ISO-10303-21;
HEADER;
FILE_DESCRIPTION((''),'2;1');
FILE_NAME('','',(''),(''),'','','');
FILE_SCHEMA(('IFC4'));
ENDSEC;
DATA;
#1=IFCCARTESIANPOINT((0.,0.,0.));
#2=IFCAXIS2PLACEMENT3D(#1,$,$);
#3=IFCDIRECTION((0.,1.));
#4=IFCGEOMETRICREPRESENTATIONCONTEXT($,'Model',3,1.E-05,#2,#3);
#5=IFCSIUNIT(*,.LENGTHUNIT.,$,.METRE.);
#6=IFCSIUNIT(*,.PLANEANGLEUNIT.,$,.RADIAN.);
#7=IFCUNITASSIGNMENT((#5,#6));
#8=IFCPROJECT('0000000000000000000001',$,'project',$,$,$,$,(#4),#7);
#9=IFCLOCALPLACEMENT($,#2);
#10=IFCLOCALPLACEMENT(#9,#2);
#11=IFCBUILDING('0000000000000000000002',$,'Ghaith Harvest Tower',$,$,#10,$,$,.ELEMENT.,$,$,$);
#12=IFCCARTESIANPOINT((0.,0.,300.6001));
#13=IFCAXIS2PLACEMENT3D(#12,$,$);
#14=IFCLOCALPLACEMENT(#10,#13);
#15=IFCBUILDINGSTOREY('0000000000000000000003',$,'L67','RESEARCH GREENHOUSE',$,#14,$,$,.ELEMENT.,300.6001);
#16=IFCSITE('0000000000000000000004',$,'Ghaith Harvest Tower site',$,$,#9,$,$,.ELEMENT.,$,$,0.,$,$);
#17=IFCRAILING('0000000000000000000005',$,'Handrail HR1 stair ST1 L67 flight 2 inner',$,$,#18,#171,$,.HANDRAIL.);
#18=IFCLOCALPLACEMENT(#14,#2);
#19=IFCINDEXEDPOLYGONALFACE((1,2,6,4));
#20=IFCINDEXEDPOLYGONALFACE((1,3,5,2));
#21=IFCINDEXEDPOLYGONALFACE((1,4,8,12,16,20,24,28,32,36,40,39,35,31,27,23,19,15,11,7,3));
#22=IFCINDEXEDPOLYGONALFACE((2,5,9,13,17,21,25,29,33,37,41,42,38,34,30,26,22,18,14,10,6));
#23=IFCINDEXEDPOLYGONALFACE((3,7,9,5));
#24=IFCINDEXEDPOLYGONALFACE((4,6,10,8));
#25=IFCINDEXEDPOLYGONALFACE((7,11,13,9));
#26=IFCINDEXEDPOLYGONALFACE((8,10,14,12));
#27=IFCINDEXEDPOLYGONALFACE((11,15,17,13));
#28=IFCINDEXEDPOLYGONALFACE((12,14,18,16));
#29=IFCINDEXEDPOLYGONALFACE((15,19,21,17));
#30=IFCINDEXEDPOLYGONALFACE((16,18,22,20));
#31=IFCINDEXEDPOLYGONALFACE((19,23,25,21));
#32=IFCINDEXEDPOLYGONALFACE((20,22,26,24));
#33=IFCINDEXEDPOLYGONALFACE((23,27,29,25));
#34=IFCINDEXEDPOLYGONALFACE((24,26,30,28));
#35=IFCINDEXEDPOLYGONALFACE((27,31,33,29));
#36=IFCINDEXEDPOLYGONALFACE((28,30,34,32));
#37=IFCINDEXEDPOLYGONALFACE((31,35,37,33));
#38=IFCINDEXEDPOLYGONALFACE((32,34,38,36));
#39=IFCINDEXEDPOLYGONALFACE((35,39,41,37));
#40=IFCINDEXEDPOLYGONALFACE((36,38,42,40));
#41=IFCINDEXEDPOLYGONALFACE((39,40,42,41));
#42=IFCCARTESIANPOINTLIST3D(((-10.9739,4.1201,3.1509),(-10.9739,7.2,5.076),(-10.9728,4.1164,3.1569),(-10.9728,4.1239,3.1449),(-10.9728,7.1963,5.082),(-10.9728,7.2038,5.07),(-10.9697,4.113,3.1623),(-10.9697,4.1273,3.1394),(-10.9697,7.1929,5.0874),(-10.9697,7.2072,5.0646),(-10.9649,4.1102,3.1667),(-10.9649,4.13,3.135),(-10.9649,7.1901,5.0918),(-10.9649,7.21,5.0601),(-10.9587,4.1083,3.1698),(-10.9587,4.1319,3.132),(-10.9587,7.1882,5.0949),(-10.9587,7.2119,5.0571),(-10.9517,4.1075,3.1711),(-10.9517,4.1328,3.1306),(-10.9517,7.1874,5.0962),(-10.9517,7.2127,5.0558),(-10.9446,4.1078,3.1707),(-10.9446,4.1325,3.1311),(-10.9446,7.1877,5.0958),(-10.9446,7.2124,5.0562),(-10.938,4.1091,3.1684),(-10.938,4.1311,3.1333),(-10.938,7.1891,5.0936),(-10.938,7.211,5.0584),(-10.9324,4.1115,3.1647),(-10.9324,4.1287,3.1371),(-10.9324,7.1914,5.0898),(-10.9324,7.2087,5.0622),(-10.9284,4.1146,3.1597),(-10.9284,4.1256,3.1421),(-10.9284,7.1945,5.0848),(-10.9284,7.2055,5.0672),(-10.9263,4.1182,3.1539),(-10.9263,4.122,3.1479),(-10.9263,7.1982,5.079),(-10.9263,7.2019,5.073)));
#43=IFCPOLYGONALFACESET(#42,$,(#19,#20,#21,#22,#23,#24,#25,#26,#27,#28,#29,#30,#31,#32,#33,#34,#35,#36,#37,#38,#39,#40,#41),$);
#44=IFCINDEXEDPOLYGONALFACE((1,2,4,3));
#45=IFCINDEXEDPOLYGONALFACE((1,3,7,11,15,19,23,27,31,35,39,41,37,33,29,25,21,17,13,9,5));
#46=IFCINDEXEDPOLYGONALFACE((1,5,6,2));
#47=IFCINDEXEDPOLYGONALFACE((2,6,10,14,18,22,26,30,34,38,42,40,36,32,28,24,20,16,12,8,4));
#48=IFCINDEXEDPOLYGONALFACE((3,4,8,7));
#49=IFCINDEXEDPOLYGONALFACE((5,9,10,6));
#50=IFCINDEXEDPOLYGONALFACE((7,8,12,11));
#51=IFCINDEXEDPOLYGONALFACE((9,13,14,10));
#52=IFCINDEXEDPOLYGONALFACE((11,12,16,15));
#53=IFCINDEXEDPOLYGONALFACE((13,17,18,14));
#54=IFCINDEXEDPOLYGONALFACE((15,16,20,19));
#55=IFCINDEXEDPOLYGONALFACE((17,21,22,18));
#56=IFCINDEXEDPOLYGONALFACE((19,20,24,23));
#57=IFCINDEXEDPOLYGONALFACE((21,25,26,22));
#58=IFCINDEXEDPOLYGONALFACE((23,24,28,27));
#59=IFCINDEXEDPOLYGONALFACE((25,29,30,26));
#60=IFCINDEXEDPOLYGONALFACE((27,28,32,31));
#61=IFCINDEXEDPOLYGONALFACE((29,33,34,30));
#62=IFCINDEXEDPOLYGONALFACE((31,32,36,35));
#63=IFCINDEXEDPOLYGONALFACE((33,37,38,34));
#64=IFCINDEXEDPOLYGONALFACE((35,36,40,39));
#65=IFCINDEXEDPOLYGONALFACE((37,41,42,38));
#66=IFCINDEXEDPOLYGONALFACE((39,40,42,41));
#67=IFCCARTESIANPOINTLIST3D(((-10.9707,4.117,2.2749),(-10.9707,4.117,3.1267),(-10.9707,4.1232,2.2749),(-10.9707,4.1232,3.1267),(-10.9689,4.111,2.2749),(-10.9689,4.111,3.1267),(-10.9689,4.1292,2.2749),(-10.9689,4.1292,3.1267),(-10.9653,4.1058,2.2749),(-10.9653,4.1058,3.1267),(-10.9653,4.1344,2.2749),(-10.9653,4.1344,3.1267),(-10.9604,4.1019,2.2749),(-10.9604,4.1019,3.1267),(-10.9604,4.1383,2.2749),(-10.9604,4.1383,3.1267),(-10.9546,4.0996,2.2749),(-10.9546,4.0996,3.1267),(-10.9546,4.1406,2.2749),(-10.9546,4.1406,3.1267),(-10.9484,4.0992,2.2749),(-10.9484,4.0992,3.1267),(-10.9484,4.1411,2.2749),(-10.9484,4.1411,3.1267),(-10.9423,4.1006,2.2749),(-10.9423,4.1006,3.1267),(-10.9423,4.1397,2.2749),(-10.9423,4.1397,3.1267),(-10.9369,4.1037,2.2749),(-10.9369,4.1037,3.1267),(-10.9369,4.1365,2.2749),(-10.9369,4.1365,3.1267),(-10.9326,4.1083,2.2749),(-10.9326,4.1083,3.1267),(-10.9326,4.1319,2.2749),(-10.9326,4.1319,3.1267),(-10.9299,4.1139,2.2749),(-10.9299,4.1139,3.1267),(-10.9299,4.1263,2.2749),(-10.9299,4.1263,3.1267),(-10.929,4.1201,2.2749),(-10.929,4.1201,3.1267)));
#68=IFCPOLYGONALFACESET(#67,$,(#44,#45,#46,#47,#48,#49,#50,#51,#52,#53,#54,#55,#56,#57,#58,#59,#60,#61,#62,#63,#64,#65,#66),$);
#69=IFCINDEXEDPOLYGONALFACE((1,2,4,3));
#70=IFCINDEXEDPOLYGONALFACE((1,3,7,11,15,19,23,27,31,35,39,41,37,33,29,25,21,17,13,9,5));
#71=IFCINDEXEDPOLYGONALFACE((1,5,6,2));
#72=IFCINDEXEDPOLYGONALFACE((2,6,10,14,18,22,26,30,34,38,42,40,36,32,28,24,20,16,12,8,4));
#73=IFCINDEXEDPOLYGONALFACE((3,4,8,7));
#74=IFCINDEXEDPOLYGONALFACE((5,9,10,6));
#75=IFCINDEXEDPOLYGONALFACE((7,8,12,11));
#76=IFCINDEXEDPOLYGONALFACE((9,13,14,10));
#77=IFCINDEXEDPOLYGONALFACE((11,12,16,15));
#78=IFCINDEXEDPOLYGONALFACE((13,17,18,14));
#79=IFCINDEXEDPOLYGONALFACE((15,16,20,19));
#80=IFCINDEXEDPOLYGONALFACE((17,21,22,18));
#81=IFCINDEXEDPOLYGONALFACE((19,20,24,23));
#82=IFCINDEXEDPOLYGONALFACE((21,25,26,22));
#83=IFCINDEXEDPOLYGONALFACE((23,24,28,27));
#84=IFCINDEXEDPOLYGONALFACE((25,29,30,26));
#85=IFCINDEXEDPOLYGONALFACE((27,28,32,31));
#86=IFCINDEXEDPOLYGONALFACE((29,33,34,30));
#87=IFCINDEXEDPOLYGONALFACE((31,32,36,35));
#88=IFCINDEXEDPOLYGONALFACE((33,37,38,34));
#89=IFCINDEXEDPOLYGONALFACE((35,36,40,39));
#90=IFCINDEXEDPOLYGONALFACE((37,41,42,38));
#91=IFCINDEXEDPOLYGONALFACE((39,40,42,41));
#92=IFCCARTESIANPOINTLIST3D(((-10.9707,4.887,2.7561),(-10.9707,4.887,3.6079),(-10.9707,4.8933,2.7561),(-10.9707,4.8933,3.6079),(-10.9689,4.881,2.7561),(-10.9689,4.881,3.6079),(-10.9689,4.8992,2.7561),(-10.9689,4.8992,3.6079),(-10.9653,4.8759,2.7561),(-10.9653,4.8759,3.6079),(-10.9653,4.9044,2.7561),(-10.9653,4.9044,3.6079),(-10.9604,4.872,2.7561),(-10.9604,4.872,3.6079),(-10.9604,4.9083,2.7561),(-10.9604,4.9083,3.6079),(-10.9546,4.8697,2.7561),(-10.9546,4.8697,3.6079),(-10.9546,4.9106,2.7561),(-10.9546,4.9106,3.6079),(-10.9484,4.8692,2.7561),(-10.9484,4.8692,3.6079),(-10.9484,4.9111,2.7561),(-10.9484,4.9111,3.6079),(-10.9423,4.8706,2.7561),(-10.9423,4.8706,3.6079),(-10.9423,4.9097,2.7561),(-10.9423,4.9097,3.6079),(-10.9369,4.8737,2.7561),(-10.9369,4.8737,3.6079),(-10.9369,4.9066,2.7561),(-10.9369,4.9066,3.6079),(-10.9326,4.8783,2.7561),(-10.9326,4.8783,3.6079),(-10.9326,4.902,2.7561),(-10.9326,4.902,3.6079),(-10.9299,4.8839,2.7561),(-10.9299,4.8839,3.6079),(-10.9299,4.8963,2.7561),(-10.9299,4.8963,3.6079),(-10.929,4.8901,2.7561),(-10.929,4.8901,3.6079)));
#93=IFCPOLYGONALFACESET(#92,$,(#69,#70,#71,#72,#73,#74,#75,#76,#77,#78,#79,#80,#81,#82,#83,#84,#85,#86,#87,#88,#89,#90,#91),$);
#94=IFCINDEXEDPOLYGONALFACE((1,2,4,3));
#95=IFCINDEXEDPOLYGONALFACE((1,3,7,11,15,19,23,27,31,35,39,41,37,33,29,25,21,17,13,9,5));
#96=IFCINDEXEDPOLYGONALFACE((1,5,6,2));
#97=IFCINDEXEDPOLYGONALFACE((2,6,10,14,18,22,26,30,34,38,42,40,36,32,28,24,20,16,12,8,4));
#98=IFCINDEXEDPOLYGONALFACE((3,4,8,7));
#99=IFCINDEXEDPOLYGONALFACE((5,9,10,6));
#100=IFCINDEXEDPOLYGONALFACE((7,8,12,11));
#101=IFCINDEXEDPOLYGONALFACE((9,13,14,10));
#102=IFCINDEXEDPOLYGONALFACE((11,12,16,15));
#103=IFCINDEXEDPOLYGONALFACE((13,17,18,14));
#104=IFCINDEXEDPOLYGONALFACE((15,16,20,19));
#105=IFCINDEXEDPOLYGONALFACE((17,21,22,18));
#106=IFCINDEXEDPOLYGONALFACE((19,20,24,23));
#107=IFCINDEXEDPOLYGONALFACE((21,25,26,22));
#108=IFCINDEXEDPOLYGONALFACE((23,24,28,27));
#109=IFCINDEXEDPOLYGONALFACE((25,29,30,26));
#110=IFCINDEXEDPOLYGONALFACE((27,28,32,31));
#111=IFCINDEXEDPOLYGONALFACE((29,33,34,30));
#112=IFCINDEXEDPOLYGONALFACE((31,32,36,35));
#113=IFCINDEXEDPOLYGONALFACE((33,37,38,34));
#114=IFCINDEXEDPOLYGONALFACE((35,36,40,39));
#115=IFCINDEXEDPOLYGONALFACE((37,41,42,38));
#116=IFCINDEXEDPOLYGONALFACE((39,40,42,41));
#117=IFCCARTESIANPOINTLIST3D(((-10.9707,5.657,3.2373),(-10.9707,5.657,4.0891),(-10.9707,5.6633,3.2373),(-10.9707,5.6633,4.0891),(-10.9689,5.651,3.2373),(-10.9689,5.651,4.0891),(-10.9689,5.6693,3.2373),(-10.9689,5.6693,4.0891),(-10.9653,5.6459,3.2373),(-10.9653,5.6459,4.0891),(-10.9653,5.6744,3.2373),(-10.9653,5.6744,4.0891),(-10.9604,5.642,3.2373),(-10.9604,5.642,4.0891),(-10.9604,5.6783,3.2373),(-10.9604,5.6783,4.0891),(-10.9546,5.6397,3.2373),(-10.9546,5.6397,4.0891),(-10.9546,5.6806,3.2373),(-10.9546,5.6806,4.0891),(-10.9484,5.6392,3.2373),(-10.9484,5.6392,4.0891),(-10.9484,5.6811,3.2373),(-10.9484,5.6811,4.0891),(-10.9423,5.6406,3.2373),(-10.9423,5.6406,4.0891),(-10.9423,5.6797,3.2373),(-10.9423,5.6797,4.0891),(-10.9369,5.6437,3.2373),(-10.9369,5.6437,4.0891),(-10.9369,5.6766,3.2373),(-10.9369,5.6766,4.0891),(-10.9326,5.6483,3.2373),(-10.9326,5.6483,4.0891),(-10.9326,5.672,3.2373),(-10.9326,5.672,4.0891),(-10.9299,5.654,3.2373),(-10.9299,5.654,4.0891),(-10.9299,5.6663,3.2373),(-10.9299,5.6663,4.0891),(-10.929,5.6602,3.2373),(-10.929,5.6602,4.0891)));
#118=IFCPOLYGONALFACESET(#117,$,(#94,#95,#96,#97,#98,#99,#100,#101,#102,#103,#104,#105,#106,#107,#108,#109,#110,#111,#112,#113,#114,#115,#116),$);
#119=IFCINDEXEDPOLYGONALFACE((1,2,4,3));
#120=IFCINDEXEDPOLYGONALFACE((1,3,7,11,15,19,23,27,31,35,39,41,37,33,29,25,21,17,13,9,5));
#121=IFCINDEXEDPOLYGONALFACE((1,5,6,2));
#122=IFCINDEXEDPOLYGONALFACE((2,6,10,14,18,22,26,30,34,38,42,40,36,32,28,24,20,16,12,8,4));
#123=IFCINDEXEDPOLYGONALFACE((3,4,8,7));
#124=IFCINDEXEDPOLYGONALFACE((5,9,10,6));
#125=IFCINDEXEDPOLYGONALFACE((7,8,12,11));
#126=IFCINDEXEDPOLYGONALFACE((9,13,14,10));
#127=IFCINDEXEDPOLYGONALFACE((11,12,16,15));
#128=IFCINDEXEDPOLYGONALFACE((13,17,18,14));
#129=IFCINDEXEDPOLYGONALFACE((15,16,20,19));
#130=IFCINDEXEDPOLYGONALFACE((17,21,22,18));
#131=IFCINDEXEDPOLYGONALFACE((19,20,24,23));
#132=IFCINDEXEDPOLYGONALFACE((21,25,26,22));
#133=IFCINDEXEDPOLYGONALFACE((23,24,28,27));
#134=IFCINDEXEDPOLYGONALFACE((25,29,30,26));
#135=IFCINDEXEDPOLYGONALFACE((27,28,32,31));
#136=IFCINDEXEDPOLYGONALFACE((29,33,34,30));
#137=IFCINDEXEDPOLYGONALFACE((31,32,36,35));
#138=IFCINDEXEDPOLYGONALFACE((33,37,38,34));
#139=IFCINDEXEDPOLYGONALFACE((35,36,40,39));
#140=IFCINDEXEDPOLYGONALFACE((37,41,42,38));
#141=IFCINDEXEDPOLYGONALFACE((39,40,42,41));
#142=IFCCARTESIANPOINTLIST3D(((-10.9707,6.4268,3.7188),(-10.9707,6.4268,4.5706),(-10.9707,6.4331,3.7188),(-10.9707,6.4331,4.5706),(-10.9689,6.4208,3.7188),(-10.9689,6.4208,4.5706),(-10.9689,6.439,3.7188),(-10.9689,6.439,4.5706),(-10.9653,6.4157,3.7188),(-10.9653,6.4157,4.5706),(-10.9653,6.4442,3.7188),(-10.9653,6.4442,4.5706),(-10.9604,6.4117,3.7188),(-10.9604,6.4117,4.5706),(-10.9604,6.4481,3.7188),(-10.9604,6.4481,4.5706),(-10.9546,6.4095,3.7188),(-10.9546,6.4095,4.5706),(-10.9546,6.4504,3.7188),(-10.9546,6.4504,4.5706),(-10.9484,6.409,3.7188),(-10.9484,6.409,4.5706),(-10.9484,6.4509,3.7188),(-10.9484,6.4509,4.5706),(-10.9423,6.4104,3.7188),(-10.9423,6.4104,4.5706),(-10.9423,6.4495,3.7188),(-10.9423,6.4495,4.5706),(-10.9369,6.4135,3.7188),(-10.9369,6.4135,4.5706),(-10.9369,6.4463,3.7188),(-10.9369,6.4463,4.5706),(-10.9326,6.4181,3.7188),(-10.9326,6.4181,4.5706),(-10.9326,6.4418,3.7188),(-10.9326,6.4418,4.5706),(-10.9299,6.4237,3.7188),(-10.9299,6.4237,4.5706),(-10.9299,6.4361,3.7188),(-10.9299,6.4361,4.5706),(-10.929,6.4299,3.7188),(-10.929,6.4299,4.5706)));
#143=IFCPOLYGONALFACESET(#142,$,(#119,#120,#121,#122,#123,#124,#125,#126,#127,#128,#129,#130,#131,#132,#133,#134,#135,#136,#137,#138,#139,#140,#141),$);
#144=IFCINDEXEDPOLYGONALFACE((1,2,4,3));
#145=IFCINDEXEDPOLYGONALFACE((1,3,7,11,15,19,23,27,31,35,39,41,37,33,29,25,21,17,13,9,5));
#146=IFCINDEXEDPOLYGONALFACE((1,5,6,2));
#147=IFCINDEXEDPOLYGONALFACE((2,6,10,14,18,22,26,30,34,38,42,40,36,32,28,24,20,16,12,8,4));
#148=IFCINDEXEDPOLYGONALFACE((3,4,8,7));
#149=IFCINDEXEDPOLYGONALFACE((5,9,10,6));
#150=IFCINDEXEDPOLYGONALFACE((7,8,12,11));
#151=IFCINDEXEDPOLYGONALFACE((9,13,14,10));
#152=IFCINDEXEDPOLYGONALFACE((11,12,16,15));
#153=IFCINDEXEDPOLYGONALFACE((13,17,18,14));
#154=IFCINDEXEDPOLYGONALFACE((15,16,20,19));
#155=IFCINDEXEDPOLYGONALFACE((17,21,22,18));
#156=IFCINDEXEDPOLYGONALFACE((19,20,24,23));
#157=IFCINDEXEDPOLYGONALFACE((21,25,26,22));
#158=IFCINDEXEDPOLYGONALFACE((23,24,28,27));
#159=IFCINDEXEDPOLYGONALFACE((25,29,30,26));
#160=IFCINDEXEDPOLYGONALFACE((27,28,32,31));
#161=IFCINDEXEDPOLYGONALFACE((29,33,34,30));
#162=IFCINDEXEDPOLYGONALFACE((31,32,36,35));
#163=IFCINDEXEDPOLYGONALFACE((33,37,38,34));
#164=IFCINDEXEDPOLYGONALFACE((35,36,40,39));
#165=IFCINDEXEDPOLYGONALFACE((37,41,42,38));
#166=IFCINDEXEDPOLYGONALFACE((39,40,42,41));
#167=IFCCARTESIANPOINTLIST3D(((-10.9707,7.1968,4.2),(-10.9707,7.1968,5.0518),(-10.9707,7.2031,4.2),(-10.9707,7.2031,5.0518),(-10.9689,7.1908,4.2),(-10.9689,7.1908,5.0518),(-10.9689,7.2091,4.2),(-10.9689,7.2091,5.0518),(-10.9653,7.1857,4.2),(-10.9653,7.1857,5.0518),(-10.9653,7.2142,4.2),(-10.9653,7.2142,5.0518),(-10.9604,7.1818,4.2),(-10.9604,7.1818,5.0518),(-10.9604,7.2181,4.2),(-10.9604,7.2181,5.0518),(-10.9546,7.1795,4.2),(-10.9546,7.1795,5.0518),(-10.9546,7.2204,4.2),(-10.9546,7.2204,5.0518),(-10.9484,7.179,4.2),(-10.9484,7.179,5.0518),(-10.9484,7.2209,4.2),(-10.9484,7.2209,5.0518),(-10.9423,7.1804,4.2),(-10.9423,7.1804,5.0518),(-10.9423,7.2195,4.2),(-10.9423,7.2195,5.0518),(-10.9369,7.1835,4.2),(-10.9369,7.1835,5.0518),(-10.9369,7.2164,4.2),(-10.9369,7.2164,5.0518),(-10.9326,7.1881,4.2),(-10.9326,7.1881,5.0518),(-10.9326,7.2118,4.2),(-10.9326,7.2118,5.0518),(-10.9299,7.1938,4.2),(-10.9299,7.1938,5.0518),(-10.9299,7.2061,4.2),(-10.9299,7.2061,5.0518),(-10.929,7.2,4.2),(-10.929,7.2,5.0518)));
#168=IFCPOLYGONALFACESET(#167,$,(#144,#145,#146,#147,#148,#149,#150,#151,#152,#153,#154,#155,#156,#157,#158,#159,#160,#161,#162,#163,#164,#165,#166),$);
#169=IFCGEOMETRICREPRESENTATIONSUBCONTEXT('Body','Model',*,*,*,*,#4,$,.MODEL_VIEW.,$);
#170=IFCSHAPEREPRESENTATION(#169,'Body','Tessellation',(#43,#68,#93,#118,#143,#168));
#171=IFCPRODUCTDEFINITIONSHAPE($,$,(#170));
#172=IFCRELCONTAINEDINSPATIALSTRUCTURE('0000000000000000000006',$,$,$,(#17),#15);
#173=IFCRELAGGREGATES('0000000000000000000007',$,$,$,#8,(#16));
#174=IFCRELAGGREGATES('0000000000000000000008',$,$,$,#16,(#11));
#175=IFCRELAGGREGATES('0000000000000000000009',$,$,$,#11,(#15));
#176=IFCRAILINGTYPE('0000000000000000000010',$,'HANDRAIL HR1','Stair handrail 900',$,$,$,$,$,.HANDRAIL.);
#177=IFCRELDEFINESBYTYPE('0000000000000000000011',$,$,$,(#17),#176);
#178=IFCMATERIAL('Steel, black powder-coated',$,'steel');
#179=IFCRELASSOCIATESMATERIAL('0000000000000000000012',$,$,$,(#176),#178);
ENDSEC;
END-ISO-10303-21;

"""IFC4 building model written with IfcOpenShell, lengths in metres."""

from ifc_helpers import new_model, si_unit, direction, frame, origin, origin_2d, place, context, subcontext, project, spatial, circle, extrude, material, type_object, element, save


model = new_model("IFC4")

# Units and contexts
model_context = context("Model", 3, precision=1e-05, world=origin(), true_north=direction((0.0, 1.0)))
body_context = subcontext(model_context, "Body", "Model", "MODEL_VIEW")
ifc_project = project(units=[si_unit("LENGTHUNIT", "METRE"), si_unit("PLANEANGLEUNIT", "RADIAN")], contexts=[model_context])

# Site, building, storey
site_placement = place(None, origin())
site = spatial("IfcSite", under=ifc_project, at=site_placement, Name="Ghaith Harvest Tower site", CompositionType="ELEMENT", RefElevation=0.0)
building_placement = place(site_placement, origin())
building = spatial("IfcBuilding", under=site, at=building_placement, Name="Ghaith Harvest Tower", CompositionType="ELEMENT")
storey_placement = place(building_placement, frame((0.0, 0.0, 300.6001)))
storey = spatial("IfcBuildingStorey", under=building, at=storey_placement, Name="L67", Description="RESEARCH GREENHOUSE", CompositionType="ELEMENT", Elevation=300.6001)

# Railing
ifc_material_1 = material(Name="Steel, black powder-coated", Category="steel")
railing_type = type_object("IfcRailingType", Name="HANDRAIL HR1", Description="Stair handrail 900", PredefinedType="HANDRAIL", material=ifc_material_1)
railing_1_placement = place(storey_placement, frame((-10.95, 4.1201, 2.2749)))
element("IfcRailing", 1, at=railing_1_placement, inside=storey, type_object=railing_type, Name="Handrail HR1 stair ST1 L67 flight 2 inner", PredefinedType="HANDRAIL", context=body_context, shape_type="SweptSolid", body=[
    extrude(circle(Radius=0.0239, at=origin_2d()), frame((0.0, 0.0, 0.876), z_axis=(0.0, 0.847979, 0.530029), x_axis=(-1.0, 0.0, 0.0)), (0.0, 0.0, 1.0), 3.6321),
    extrude(circle(Radius=0.021, at=origin_2d()), origin(), (0.0, 0.0, 1.0), 0.8518),
    extrude(circle(Radius=0.021, at=origin_2d()), frame((0.0, 0.77, 0.4812)), (0.0, 0.0, 1.0), 0.8518),
    extrude(circle(Radius=0.021, at=origin_2d()), frame((0.0, 1.54, 0.9624)), (0.0, 0.0, 1.0), 0.8518),
    extrude(circle(Radius=0.021, at=origin_2d()), frame((0.0, 2.3098, 1.4438)), (0.0, 0.0, 1.0), 0.8518),
    extrude(circle(Radius=0.021, at=origin_2d()), frame((0.0, 3.0798, 1.925)), (0.0, 0.0, 1.0), 0.8518),
])

save(model, "model.ifc")
